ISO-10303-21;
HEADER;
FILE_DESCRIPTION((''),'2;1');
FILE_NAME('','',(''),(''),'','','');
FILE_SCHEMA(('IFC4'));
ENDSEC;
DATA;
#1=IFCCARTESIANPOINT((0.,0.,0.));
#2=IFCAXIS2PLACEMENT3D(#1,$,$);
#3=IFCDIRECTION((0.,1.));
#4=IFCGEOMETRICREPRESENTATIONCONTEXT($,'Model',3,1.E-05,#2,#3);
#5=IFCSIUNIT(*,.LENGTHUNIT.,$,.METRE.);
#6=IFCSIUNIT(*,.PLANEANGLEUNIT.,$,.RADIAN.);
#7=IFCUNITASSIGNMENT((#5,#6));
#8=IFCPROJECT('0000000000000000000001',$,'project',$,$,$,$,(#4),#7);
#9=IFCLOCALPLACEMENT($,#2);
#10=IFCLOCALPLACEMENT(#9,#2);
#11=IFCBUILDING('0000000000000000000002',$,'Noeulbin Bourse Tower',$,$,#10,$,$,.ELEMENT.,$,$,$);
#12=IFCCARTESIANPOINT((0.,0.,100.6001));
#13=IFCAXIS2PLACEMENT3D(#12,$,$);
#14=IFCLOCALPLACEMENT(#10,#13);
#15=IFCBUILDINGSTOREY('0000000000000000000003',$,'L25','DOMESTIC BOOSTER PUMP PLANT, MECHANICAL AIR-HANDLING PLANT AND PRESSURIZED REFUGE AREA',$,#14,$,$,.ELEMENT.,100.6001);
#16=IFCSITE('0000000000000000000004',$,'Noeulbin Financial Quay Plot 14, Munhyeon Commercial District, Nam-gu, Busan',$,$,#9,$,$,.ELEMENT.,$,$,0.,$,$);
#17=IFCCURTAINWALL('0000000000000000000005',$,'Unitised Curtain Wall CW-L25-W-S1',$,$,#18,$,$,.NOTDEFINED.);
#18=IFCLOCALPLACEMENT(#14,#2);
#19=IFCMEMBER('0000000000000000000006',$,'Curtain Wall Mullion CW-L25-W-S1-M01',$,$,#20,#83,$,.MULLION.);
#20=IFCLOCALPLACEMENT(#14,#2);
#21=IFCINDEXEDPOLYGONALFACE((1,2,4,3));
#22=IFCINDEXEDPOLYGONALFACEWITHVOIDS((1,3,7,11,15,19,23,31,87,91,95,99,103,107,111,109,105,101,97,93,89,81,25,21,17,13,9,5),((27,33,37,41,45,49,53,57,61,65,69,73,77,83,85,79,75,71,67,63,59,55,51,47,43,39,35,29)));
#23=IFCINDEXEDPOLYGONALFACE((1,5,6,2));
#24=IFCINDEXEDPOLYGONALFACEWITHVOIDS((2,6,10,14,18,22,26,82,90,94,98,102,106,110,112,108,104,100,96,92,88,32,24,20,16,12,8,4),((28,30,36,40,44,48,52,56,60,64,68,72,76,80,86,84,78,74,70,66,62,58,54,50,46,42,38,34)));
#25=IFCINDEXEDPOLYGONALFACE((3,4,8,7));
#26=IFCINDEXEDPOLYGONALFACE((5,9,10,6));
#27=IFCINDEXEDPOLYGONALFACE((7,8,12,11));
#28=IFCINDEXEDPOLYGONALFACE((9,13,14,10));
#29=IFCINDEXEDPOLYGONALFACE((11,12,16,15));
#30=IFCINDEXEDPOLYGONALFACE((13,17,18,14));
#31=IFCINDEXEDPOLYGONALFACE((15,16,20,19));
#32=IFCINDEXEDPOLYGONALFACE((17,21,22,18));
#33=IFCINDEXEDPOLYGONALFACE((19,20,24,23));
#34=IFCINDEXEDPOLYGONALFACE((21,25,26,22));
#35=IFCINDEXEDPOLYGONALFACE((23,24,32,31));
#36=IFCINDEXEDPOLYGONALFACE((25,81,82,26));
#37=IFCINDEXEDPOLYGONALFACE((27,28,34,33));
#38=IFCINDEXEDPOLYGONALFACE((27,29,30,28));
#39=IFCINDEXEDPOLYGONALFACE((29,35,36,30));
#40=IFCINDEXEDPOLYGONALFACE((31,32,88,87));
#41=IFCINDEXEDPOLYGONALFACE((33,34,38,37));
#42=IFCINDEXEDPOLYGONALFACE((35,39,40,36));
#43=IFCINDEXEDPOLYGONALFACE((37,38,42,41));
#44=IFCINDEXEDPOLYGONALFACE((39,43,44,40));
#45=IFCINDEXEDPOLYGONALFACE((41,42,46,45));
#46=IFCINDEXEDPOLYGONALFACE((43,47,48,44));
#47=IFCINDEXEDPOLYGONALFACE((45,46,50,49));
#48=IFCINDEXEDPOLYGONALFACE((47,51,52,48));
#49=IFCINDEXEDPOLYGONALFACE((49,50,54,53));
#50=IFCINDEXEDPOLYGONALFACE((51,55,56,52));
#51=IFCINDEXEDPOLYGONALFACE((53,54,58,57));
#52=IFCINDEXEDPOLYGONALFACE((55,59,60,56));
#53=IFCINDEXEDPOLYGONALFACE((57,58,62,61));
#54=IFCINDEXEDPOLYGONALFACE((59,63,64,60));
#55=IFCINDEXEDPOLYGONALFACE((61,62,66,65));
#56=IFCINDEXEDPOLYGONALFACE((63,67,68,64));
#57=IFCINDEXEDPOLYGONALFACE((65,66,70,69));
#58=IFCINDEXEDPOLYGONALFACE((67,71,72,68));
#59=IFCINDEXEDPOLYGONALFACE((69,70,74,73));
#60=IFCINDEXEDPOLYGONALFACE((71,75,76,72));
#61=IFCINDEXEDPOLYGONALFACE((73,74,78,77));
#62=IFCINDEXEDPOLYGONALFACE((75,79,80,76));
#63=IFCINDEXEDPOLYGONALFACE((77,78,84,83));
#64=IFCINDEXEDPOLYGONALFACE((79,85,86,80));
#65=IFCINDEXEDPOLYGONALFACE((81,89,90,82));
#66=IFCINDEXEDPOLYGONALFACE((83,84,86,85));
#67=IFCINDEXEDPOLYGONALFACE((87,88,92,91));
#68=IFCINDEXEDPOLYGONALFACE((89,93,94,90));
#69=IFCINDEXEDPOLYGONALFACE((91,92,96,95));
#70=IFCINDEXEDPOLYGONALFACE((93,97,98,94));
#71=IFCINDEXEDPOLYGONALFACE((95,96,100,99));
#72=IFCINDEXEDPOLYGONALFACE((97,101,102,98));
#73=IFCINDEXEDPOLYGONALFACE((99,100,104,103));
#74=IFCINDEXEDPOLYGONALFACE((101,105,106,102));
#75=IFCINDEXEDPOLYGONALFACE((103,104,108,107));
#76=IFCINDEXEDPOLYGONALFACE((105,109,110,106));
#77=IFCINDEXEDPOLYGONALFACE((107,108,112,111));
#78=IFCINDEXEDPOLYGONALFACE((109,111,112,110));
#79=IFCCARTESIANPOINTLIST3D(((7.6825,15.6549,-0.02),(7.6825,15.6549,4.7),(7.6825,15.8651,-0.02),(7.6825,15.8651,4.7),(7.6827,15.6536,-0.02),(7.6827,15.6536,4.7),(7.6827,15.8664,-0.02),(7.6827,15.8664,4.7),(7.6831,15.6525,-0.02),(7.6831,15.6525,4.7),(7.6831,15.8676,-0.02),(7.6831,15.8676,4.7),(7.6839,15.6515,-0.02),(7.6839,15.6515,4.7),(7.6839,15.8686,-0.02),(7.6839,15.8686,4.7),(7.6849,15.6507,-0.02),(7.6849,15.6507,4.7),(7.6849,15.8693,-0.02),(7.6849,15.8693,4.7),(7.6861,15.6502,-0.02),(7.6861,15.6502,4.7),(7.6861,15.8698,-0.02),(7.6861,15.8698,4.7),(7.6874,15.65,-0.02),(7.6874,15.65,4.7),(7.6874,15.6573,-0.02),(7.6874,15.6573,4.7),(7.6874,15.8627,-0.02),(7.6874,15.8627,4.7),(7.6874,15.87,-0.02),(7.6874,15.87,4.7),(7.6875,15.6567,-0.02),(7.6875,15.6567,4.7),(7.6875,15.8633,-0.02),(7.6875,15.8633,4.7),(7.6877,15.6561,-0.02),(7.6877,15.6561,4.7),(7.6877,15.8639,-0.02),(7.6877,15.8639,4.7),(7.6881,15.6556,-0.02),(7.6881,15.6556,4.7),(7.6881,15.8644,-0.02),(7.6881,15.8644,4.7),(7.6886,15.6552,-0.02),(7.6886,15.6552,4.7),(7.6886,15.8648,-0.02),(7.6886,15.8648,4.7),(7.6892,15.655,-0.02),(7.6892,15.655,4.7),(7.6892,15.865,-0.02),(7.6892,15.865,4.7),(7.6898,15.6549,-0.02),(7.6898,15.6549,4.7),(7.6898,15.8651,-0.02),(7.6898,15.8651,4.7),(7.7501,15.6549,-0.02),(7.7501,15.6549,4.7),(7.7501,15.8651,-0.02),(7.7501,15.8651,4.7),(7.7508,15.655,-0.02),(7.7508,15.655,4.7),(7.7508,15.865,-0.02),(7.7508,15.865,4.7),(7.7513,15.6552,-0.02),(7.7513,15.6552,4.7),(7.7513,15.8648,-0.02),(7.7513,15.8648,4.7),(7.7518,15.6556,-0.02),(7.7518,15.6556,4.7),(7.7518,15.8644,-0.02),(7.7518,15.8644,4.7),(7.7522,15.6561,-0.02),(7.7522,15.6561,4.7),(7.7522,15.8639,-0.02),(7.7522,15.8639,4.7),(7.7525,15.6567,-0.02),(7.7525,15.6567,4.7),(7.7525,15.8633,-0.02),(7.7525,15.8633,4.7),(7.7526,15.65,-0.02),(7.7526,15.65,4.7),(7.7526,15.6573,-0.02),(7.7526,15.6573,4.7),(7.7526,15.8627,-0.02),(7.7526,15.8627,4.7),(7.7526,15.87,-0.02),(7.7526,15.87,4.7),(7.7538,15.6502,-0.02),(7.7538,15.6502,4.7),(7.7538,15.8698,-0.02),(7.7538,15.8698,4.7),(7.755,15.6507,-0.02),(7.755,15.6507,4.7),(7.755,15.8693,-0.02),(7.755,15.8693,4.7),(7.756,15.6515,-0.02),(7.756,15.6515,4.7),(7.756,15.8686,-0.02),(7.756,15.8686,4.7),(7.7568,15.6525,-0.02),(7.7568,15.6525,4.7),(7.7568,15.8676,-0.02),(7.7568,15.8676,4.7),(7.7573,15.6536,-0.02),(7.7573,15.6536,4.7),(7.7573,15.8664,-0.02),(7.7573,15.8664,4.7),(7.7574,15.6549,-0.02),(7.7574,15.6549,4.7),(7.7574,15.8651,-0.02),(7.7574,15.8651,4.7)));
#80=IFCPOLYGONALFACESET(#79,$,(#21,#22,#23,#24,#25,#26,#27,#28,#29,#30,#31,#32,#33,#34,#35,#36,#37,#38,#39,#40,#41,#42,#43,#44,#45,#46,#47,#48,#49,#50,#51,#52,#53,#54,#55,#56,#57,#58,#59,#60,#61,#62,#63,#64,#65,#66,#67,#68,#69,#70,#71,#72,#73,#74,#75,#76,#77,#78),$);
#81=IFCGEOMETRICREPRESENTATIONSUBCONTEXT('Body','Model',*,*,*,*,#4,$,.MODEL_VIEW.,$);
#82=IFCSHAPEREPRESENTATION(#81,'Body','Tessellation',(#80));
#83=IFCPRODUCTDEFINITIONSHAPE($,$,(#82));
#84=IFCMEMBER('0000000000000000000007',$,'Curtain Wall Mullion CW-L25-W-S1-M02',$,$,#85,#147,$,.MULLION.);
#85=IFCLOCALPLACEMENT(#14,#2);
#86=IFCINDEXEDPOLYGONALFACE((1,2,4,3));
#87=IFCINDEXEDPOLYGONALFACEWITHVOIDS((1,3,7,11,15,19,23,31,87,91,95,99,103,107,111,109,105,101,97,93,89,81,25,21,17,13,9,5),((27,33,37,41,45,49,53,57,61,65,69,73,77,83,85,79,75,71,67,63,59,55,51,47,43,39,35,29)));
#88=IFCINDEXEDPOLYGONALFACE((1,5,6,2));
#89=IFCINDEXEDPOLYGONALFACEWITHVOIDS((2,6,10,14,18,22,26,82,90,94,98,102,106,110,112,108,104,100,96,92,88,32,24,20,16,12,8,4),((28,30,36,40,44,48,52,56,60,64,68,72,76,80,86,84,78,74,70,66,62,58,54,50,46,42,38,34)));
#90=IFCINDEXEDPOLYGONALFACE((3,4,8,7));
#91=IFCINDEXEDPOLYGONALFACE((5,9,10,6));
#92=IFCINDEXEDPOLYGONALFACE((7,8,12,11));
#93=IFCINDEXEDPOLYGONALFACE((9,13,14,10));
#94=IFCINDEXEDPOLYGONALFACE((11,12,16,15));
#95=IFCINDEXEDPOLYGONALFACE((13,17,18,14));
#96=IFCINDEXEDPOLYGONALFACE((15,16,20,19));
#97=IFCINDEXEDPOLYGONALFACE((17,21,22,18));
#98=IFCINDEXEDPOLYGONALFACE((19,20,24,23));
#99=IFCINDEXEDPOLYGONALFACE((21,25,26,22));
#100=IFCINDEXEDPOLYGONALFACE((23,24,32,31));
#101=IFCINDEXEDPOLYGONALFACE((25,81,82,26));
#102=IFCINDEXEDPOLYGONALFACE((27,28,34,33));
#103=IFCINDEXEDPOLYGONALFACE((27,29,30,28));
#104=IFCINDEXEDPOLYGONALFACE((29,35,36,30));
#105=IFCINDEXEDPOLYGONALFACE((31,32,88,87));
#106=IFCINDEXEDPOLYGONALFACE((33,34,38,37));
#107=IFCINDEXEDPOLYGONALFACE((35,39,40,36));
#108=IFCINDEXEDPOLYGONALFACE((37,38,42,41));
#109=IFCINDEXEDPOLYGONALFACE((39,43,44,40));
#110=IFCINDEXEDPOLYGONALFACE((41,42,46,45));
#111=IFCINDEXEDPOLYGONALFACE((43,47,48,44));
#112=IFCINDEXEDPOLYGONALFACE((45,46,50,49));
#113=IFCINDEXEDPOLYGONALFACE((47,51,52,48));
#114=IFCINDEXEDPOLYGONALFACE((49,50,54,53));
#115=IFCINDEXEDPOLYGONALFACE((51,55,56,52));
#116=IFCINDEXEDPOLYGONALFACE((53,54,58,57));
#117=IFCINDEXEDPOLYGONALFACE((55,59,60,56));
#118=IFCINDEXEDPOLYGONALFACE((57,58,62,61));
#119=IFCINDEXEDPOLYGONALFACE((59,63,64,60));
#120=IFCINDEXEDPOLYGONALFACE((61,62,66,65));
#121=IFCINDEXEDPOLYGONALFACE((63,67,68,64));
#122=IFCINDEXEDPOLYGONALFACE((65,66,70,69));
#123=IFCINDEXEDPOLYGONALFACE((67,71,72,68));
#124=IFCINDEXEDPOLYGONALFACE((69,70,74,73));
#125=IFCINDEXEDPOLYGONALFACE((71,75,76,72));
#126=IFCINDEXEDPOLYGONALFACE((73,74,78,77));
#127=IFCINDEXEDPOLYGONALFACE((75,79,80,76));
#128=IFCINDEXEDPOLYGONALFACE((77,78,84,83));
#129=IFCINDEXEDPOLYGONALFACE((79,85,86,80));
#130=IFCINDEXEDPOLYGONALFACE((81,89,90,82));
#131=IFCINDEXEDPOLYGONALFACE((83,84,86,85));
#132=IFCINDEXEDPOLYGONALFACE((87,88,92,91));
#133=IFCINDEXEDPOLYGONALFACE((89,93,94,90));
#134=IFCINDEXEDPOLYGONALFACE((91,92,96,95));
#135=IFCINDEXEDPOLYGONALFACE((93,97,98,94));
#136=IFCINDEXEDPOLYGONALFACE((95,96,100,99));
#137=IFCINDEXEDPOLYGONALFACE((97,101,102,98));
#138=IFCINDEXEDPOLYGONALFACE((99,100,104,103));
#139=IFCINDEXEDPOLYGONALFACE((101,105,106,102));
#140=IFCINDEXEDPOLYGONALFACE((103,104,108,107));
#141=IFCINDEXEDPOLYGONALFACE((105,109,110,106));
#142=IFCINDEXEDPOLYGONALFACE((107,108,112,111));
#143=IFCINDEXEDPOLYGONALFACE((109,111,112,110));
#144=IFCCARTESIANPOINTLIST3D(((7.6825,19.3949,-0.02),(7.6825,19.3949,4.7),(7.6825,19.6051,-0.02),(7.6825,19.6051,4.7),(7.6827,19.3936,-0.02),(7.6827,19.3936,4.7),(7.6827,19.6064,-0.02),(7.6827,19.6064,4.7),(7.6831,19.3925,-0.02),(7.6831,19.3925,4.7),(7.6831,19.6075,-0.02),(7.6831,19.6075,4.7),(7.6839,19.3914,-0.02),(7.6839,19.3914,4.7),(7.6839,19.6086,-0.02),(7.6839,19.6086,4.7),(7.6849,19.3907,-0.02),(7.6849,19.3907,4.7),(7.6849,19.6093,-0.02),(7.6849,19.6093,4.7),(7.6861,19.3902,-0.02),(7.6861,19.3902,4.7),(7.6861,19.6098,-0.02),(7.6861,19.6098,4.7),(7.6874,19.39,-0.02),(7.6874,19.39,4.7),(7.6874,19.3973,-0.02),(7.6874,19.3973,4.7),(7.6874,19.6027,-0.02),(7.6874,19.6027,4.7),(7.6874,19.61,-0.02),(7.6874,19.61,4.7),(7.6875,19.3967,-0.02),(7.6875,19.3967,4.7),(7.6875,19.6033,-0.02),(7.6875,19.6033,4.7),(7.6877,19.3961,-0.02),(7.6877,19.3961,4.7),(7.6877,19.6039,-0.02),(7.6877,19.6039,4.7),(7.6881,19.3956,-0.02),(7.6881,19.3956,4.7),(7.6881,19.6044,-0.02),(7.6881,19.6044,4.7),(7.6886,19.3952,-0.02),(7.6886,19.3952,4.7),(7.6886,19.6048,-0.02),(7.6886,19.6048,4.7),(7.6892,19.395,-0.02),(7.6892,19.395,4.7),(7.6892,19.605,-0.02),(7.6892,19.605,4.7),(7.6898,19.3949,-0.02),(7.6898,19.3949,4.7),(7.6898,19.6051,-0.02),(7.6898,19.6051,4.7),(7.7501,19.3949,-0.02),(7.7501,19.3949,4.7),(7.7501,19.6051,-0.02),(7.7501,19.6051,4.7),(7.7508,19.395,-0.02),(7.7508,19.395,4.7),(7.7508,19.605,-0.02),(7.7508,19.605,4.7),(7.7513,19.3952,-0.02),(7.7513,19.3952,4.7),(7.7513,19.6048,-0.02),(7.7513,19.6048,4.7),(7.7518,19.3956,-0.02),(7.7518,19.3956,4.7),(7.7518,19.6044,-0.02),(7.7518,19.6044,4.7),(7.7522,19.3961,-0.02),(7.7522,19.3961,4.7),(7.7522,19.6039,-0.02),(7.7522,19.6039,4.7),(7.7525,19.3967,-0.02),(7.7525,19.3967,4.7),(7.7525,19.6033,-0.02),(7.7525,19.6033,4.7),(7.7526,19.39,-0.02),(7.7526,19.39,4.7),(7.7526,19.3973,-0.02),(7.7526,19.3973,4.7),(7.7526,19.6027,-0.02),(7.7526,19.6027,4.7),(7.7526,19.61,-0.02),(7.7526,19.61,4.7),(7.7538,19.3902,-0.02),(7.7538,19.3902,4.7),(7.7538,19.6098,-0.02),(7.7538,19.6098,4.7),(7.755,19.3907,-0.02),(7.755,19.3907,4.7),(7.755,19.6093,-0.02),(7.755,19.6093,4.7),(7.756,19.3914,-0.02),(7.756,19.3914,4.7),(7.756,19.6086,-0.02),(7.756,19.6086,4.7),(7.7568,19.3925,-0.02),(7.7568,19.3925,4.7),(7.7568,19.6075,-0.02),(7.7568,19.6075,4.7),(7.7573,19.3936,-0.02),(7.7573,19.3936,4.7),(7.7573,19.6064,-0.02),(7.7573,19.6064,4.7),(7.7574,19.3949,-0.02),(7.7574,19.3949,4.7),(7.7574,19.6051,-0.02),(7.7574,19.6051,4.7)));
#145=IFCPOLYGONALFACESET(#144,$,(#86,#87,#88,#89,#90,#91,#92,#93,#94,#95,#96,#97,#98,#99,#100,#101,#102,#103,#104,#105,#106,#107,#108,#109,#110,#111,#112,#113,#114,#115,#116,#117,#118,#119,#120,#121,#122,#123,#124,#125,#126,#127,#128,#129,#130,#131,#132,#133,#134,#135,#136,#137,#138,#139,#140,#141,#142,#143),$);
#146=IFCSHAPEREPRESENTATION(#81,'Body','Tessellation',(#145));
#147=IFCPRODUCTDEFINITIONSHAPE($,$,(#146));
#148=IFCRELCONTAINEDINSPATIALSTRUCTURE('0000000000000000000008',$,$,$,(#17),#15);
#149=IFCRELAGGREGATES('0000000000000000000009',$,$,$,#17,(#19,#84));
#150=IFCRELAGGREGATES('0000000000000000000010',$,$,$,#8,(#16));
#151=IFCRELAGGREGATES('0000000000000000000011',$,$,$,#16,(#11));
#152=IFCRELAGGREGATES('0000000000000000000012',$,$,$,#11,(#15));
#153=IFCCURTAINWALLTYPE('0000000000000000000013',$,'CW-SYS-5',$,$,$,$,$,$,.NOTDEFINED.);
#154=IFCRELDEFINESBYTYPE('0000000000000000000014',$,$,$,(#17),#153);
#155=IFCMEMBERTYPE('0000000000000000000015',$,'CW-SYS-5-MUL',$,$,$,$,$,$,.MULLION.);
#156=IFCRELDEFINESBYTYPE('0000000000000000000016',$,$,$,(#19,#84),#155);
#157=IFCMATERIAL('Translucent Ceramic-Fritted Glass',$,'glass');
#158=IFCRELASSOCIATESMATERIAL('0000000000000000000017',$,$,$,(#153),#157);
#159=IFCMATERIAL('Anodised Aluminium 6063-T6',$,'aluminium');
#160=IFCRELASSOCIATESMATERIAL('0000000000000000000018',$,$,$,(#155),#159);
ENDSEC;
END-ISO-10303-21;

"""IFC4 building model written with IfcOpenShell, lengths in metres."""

from ifc_helpers import new_model, si_unit, direction, frame, origin, origin_2d, place, context, subcontext, project, spatial, hollow_rectangle, extrude, material, material_profile, profile_set, type_object, element, aggregate, save


model = new_model("IFC4")

# Units and contexts
model_context = context("Model", 3, precision=1e-05, world=origin(), true_north=direction((0.0, 1.0)))
body_context = subcontext(model_context, "Body", "Model", "MODEL_VIEW")
ifc_project = project(units=[si_unit("LENGTHUNIT", "METRE"), si_unit("PLANEANGLEUNIT", "RADIAN")], contexts=[model_context])

# Site, building, storey
site_placement = place(None, origin())
site = spatial("IfcSite", under=ifc_project, at=site_placement, Name="Noeulbin Financial Quay Plot 14, Munhyeon Commercial District, Nam-gu, Busan", CompositionType="ELEMENT", RefElevation=0.0)
building_placement = place(site_placement, origin())
building = spatial("IfcBuilding", under=site, at=building_placement, Name="Noeulbin Bourse Tower", CompositionType="ELEMENT")
storey_placement = place(building_placement, frame((0.0, 0.0, 100.6001)))
storey = spatial("IfcBuildingStorey", under=building, at=storey_placement, Name="L25", Description="DOMESTIC BOOSTER PUMP PLANT, MECHANICAL AIR-HANDLING PLANT AND PRESSURIZED REFUGE AREA", CompositionType="ELEMENT", Elevation=100.6001)

# Curtain wall, members
ifc_material_1 = material(Name="Translucent Ceramic-Fritted Glass", Category="glass")
curtain_wall_type = type_object("IfcCurtainWallType", Name="CW-SYS-5", PredefinedType="NOTDEFINED", material=ifc_material_1)
curtain_wall_1_placement = place(storey_placement, origin())
curtain_wall_1 = element("IfcCurtainWall", 1, at=curtain_wall_1_placement, inside=storey, type_object=curtain_wall_type, Name="Unitised Curtain Wall CW-L25-W-S1", PredefinedType="NOTDEFINED")
ifc_material_2 = material(Name="Anodised Aluminium 6063-T6", Category="aluminium")
ifc_material_profile_1 = material_profile(ifc_material_2, hollow_rectangle(XDim=0.075, YDim=0.22, WallThickness=0.0049, InnerFilletRadius=0.0024, OuterFilletRadius=0.0049, at=origin_2d()), Name="ALU-MULL-75x220x5", Category="LoadBearing")
ifc_profile_set_1 = profile_set([ifc_material_profile_1], Name="Anodised Aluminium 6063-T6")
member_type_1 = type_object("IfcMemberType", Name="CW-SYS-5-MUL", PredefinedType="MULLION", material=ifc_profile_set_1)
member_1_placement = place(storey_placement, frame((7.72, 15.76, -0.02), z_axis=(0.0, 0.0, 1.0), x_axis=(1.0, 0.0, 0.0)))
member_1 = element("IfcMember", 2, at=member_1_placement, type_object=member_type_1, Name="Curtain Wall Mullion CW-L25-W-S1-M01", PredefinedType="MULLION", context=body_context, shape_type="SweptSolid", body=[
    extrude(hollow_rectangle(XDim=0.075, YDim=0.22, WallThickness=0.0049, InnerFilletRadius=0.0024, OuterFilletRadius=0.0049, at=origin_2d()), origin(), (0.0, 0.0, 1.0), 4.72),
])
member_2_placement = place(storey_placement, frame((7.72, 19.5, -0.02), z_axis=(0.0, 0.0, 1.0), x_axis=(1.0, 0.0, 0.0)))
member_2 = element("IfcMember", 3, at=member_2_placement, type_object=member_type_1, Name="Curtain Wall Mullion CW-L25-W-S1-M02", PredefinedType="MULLION", context=body_context, shape_type="SweptSolid", body=[
    extrude(hollow_rectangle(XDim=0.075, YDim=0.22, WallThickness=0.0049, InnerFilletRadius=0.0024, OuterFilletRadius=0.0049, at=origin_2d()), origin(), (0.0, 0.0, 1.0), 4.72),
])

aggregate(curtain_wall_1, [member_1, member_2])

save(model, "model.ifc")
